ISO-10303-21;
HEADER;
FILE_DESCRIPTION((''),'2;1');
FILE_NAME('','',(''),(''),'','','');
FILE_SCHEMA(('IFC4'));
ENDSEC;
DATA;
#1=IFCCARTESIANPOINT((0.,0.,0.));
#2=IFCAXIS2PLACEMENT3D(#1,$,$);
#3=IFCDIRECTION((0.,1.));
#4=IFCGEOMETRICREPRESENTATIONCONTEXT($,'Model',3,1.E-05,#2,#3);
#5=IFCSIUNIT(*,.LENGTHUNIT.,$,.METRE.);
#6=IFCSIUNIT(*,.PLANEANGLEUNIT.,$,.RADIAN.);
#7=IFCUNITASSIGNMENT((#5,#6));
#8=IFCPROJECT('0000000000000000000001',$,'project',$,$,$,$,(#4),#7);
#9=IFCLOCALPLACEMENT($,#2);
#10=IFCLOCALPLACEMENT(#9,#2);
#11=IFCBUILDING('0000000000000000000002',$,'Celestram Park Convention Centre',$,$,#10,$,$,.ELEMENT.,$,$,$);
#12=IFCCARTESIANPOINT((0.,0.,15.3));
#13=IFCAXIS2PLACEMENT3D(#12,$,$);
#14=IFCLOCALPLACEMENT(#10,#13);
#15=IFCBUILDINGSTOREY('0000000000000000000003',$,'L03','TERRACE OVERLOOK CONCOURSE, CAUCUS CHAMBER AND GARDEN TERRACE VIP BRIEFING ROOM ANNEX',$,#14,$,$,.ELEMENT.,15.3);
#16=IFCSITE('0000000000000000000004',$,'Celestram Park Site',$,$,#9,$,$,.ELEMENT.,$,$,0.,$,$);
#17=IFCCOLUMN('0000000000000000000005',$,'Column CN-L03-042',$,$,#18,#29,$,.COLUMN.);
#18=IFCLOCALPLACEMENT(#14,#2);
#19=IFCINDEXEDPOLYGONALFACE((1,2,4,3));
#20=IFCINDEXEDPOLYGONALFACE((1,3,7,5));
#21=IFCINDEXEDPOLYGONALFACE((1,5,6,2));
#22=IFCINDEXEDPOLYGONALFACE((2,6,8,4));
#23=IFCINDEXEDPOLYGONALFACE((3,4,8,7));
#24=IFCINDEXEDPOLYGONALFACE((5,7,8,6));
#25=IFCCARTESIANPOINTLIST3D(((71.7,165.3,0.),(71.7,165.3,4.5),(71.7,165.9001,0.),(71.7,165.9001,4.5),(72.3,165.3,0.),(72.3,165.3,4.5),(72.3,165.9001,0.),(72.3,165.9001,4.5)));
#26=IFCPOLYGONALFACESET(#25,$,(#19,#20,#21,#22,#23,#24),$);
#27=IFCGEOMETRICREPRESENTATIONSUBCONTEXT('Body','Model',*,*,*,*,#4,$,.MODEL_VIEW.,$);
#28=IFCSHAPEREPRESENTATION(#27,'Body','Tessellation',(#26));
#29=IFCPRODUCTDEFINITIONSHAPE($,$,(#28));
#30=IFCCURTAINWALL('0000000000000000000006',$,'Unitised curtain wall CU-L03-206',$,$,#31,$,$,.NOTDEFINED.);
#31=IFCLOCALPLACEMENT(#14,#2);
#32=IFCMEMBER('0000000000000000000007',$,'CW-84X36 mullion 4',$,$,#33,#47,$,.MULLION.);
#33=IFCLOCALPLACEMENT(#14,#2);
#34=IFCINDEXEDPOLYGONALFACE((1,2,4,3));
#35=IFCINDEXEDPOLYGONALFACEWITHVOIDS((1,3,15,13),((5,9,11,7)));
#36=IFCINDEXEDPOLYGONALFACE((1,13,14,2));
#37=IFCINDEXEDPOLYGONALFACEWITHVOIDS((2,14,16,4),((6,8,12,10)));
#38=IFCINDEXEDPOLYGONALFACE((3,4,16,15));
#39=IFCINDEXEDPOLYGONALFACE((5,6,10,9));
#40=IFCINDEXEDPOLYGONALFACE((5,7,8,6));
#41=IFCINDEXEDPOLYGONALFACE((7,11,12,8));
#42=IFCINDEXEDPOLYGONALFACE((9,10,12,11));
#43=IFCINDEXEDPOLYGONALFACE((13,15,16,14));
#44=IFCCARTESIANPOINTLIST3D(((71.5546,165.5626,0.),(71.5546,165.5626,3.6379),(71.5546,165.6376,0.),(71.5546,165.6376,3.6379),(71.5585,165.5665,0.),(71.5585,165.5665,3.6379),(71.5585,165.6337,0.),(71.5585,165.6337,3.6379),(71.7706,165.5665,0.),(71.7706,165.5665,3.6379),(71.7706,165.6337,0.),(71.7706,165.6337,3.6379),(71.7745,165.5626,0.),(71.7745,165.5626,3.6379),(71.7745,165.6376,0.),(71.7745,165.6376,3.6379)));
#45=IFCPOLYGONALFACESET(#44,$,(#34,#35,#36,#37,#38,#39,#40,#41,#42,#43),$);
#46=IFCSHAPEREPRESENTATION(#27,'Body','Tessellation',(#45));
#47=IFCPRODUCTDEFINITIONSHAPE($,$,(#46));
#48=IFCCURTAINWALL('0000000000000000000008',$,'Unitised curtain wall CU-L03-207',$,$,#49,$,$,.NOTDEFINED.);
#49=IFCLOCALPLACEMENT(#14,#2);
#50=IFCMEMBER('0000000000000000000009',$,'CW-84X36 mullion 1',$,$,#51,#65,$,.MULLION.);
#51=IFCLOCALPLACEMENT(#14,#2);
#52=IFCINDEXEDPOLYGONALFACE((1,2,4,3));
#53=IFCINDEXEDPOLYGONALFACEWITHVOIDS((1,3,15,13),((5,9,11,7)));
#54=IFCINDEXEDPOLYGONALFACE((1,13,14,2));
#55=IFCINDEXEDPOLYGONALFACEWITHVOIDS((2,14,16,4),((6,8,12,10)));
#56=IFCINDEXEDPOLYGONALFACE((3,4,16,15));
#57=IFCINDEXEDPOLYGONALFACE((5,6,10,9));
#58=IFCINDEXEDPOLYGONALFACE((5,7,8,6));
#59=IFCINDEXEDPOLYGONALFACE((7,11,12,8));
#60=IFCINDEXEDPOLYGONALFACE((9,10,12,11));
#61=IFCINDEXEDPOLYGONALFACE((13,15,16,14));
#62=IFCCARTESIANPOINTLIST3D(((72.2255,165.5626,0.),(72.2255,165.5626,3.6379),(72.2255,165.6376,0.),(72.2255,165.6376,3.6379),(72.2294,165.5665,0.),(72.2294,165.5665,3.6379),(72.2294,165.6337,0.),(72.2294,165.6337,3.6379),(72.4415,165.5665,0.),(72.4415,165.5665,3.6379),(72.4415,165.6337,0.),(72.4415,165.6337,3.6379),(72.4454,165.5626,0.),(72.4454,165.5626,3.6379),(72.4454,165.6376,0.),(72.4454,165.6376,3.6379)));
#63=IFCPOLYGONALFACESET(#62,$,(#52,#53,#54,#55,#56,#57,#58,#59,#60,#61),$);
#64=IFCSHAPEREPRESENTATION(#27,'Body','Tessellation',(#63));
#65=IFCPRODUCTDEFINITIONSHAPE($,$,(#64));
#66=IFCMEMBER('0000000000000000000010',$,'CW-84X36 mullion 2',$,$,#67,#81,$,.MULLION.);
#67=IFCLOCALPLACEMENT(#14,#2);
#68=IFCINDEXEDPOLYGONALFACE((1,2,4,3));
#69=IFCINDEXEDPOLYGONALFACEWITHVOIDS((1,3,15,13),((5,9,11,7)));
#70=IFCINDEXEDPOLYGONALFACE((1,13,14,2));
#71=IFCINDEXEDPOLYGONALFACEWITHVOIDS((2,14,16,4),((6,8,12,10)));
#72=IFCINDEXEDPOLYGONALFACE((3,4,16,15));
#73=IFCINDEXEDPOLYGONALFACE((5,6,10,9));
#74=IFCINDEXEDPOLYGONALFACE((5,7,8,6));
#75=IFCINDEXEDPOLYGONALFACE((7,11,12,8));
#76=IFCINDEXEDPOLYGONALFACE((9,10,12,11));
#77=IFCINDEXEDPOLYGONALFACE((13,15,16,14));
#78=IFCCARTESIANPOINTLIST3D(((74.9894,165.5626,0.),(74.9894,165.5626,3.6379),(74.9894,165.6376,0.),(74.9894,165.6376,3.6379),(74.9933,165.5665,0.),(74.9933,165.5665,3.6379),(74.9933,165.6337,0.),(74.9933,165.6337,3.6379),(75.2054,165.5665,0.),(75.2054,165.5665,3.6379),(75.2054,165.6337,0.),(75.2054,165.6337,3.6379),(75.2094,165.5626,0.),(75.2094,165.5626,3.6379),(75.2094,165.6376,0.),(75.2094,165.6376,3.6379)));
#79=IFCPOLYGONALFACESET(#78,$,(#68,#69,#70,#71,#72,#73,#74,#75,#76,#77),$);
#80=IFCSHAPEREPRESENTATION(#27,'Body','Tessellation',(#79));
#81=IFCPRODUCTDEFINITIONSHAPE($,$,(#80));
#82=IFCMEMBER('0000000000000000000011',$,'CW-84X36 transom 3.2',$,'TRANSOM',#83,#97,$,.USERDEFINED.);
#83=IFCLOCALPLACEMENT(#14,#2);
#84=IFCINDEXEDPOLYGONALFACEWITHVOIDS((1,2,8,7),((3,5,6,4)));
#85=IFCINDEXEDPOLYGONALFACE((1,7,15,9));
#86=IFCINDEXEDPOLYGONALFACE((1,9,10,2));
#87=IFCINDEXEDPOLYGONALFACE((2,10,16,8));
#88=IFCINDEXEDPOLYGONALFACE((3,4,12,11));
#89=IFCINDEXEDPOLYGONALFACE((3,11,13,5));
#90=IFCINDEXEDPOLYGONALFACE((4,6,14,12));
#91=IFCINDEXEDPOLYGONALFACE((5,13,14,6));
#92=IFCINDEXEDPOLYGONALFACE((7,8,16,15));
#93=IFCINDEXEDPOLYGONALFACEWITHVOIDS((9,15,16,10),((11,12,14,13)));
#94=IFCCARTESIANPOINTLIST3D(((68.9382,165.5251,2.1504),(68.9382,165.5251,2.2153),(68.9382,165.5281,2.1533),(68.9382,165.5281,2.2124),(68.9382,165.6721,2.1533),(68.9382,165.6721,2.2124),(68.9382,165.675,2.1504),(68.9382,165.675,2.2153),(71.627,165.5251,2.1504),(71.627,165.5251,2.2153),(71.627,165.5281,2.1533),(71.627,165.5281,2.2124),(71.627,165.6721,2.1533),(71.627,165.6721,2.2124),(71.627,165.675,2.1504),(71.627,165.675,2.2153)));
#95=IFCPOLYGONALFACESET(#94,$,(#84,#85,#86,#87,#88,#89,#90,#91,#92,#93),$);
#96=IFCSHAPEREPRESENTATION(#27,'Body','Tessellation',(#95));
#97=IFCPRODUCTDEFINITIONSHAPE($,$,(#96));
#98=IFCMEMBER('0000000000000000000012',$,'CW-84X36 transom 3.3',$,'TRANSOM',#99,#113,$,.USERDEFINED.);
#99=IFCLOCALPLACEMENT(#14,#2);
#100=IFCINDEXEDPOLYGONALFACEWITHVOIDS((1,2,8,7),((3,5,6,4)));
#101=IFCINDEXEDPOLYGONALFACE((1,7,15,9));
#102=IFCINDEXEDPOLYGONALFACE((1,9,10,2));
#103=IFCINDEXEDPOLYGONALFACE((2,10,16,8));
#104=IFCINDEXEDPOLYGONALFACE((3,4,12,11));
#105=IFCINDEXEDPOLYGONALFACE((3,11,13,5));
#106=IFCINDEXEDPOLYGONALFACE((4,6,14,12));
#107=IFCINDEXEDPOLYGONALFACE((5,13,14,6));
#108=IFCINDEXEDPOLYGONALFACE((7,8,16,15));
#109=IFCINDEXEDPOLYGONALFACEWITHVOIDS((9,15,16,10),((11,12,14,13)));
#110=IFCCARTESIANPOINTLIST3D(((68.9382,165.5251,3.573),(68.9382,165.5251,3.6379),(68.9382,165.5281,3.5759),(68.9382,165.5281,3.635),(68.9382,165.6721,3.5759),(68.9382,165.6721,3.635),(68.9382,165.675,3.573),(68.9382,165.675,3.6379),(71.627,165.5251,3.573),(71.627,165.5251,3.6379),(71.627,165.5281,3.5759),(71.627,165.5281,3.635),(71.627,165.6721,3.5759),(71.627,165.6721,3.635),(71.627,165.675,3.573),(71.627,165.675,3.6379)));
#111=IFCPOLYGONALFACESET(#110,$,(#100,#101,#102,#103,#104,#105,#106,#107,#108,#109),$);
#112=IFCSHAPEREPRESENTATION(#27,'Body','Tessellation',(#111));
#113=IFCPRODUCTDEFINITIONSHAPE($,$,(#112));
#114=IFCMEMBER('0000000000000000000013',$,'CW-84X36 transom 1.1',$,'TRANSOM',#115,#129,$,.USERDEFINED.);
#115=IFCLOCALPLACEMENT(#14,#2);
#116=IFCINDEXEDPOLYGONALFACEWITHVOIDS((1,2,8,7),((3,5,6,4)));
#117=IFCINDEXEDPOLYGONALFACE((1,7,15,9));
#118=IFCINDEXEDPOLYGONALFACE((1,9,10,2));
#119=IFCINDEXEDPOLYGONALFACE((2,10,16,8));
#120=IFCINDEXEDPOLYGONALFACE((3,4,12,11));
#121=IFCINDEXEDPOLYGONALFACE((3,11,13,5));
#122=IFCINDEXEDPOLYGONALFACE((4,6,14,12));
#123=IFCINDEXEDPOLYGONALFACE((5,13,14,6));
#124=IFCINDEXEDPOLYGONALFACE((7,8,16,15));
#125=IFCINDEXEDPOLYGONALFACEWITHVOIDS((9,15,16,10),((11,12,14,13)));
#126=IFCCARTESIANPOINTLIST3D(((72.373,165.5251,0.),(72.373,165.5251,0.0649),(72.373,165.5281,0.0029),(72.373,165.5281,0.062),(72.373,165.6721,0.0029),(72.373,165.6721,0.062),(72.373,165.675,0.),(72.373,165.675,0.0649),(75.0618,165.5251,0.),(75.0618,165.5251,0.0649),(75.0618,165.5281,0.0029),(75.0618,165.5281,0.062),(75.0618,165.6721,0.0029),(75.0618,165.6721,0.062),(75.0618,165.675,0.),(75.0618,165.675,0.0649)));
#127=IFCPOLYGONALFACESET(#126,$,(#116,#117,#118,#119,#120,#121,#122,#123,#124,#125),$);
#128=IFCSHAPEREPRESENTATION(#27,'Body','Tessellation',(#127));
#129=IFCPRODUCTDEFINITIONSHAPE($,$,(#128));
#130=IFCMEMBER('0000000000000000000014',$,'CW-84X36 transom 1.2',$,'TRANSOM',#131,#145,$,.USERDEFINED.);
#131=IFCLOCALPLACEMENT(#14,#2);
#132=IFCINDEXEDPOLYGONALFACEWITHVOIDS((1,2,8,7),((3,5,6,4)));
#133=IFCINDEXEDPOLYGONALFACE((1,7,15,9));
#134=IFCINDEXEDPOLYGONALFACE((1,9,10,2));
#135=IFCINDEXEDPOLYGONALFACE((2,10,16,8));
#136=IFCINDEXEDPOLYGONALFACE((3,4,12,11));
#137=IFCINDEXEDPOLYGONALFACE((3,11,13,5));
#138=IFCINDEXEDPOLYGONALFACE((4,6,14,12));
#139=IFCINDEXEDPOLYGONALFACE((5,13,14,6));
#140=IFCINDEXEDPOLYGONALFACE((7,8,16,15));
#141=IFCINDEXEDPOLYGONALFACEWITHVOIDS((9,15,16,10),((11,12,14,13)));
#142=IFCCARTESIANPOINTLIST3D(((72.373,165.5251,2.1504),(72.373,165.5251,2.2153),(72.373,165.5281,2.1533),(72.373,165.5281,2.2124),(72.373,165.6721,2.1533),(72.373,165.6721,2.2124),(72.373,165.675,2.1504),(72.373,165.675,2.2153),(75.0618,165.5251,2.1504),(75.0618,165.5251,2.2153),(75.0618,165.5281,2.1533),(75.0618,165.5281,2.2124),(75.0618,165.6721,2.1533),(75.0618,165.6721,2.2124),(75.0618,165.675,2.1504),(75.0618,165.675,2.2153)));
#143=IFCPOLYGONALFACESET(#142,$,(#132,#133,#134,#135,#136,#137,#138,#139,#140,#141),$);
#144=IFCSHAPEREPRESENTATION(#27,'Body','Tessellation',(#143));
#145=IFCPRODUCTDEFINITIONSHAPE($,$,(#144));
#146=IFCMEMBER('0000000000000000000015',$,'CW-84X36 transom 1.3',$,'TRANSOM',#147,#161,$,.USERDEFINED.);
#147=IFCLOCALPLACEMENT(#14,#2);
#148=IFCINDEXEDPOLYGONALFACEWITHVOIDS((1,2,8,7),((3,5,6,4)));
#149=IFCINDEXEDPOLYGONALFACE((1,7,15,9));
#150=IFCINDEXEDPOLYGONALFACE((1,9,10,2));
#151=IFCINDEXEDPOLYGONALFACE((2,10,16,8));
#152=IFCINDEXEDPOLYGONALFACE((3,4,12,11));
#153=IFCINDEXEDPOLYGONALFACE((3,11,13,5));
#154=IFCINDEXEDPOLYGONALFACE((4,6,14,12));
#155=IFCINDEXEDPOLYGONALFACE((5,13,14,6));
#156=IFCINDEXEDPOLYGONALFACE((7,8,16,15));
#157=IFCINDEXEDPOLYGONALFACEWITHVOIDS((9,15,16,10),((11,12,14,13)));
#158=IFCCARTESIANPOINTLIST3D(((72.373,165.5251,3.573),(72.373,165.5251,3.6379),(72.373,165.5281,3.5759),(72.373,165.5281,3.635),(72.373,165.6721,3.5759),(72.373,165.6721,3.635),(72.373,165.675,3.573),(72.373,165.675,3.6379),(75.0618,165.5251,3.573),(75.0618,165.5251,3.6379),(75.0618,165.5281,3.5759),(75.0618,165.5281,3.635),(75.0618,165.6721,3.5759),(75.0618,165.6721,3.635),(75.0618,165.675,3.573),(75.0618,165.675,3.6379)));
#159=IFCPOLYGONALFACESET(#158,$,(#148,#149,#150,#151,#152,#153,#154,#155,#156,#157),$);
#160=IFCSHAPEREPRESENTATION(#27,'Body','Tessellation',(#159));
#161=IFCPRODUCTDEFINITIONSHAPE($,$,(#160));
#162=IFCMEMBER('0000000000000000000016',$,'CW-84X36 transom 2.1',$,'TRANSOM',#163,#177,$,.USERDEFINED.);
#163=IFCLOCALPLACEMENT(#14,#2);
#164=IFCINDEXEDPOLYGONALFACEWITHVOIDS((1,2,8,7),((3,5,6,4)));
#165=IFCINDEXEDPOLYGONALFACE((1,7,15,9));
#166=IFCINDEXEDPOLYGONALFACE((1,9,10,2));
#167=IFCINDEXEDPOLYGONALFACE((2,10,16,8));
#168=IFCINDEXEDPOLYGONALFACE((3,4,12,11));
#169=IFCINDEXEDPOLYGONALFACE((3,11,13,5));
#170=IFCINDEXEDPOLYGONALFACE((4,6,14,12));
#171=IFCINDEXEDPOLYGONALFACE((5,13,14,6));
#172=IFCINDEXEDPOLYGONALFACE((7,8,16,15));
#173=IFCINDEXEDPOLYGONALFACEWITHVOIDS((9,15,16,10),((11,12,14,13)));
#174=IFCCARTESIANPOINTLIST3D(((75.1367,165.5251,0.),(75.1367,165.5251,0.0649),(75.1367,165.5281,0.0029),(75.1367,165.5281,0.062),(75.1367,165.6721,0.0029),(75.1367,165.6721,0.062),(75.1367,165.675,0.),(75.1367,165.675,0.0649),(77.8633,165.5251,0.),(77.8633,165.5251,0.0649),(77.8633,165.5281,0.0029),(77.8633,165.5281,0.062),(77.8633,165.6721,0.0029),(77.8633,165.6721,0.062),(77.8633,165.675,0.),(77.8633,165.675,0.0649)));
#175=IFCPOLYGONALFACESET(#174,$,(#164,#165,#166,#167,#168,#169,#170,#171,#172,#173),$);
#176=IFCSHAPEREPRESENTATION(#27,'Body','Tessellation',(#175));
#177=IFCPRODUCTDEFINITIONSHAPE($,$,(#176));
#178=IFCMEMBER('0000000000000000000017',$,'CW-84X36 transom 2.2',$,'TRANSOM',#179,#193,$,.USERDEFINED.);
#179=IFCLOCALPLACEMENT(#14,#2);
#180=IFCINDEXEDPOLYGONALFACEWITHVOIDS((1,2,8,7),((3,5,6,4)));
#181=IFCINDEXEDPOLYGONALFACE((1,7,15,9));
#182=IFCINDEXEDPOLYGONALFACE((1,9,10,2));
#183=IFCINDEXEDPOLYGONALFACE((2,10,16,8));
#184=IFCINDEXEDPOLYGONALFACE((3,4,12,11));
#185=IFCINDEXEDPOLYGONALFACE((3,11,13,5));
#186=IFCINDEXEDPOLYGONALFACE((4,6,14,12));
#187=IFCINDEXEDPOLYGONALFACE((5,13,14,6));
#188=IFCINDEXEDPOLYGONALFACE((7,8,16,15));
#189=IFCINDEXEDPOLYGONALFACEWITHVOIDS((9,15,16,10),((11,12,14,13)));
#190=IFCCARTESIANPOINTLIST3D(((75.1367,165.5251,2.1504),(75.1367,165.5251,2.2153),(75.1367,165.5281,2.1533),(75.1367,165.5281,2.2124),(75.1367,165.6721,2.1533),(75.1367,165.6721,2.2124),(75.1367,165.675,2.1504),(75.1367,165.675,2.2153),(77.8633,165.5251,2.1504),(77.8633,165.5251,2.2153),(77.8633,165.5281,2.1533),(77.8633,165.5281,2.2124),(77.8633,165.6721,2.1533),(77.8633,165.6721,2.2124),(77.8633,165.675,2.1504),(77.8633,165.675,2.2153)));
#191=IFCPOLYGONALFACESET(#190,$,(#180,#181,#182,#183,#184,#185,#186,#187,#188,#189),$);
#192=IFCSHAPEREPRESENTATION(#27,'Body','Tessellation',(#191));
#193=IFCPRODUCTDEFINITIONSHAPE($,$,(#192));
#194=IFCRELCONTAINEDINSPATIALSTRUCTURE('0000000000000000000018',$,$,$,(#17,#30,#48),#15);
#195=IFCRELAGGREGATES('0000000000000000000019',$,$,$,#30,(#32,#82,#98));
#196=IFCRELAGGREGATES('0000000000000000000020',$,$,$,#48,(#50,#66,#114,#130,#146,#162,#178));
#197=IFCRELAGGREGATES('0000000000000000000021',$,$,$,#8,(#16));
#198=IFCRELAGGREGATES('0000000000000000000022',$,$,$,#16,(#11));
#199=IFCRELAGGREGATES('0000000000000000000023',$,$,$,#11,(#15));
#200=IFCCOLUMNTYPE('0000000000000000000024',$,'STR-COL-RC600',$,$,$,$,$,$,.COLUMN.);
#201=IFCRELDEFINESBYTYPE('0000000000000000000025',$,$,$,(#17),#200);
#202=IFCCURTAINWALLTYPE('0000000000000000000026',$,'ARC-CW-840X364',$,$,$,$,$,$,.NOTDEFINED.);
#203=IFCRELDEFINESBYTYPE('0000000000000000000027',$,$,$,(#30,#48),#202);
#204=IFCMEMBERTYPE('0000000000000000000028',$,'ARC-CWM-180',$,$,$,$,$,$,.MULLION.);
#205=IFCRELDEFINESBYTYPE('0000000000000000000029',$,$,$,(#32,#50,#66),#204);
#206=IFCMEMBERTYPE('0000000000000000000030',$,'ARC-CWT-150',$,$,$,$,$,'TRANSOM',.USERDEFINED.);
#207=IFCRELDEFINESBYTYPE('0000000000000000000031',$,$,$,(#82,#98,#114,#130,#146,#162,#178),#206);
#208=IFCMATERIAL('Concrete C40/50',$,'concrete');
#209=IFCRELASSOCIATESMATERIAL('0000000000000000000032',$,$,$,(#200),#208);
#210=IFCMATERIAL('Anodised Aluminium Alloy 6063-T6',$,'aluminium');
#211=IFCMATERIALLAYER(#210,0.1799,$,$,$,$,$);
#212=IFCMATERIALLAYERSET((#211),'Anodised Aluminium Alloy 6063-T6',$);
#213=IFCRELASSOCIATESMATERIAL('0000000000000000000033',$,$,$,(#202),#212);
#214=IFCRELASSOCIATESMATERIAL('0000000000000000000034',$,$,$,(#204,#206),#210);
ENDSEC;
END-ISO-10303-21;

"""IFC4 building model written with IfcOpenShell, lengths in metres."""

from ifc_helpers import new_model, si_unit, direction, frame, origin, origin_2d, place, context, subcontext, project, spatial, rectangle, hollow_rectangle, extrude, material, layer, layer_set, material_profile, profile_set, type_object, element, aggregate, save


model = new_model("IFC4")

# Units and contexts
model_context = context("Model", 3, precision=1e-05, world=origin(), true_north=direction((0.0, 1.0)))
body_context = subcontext(model_context, "Body", "Model", "MODEL_VIEW")
ifc_project = project(units=[si_unit("LENGTHUNIT", "METRE"), si_unit("PLANEANGLEUNIT", "RADIAN")], contexts=[model_context])

# Site, building, storey
site_placement = place(None, origin())
site = spatial("IfcSite", under=ifc_project, at=site_placement, Name="Celestram Park Site", CompositionType="ELEMENT", RefElevation=0.0)
building_placement = place(site_placement, origin())
building = spatial("IfcBuilding", under=site, at=building_placement, Name="Celestram Park Convention Centre", CompositionType="ELEMENT")
storey_placement = place(building_placement, frame((0.0, 0.0, 15.3)))
storey = spatial("IfcBuildingStorey", under=building, at=storey_placement, Name="L03", Description="TERRACE OVERLOOK CONCOURSE, CAUCUS CHAMBER AND GARDEN TERRACE VIP BRIEFING ROOM ANNEX", CompositionType="ELEMENT", Elevation=15.3)

# Column
ifc_material_1 = material(Name="Concrete C40/50", Category="concrete")
ifc_material_profile_1 = material_profile(ifc_material_1, rectangle(XDim=0.6001, YDim=0.6001, at=origin_2d()), Name="RC600X600")
ifc_profile_set_1 = profile_set([ifc_material_profile_1], Name="Concrete C40/50")
column_type = type_object("IfcColumnType", Name="STR-COL-RC600", PredefinedType="COLUMN", material=ifc_profile_set_1)
column_placement = place(storey_placement, frame((72.0, 165.6001, 0.0), z_axis=(0.0, 0.0, 1.0), x_axis=(1.0, 0.0, 0.0)))
element("IfcColumn", 1, at=column_placement, inside=storey, type_object=column_type, Name="Column CN-L03-042", PredefinedType="COLUMN", context=body_context, shape_type="SweptSolid", body=[
    extrude(rectangle(XDim=0.6001, YDim=0.6001, at=origin_2d()), origin(), (0.0, 0.0, 1.0), 4.5),
])

# Curtain wall, member
ifc_material_2 = material(Name="Anodised Aluminium Alloy 6063-T6", Category="aluminium")
ifc_layer_1 = layer(ifc_material_2, 0.1799)
ifc_layer_set_1 = layer_set([ifc_layer_1], Name="Anodised Aluminium Alloy 6063-T6")
curtain_wall_type = type_object("IfcCurtainWallType", Name="ARC-CW-840X364", PredefinedType="NOTDEFINED", material=ifc_layer_set_1)
curtain_wall_1_placement = place(storey_placement, origin())
curtain_wall_1 = element("IfcCurtainWall", 2, at=curtain_wall_1_placement, inside=storey, type_object=curtain_wall_type, Name="Unitised curtain wall CU-L03-206", PredefinedType="NOTDEFINED")
ifc_material_profile_2 = material_profile(ifc_material_2, hollow_rectangle(XDim=0.075, YDim=0.22, WallThickness=0.0039, at=origin_2d()), Name="ALU75X220X4")
ifc_profile_set_2 = profile_set([ifc_material_profile_2], Name="Anodised Aluminium Alloy 6063-T6")
member_type_1 = type_object("IfcMemberType", Name="ARC-CWM-180", PredefinedType="MULLION", material=ifc_profile_set_2)
member_1_placement = place(storey_placement, frame((71.6646, 165.6001, 0.0), z_axis=(0.0, 0.0, 1.0), x_axis=(0.0, 1.0, 0.0)))
member_1 = element("IfcMember", 3, at=member_1_placement, type_object=member_type_1, Name="CW-84X36 mullion 4", PredefinedType="MULLION", context=body_context, shape_type="SweptSolid", body=[
    extrude(hollow_rectangle(XDim=0.075, YDim=0.22, WallThickness=0.0039, at=origin_2d()), origin(), (0.0, 0.0, 1.0), 3.6379),
])

# Curtain wall, members
curtain_wall_2_placement = place(storey_placement, origin())
curtain_wall_2 = element("IfcCurtainWall", 4, at=curtain_wall_2_placement, inside=storey, type_object=curtain_wall_type, Name="Unitised curtain wall CU-L03-207", PredefinedType="NOTDEFINED")
member_2_placement = place(storey_placement, frame((72.3354, 165.6001, 0.0), z_axis=(0.0, 0.0, 1.0), x_axis=(0.0, 1.0, 0.0)))
member_2 = element("IfcMember", 5, at=member_2_placement, type_object=member_type_1, Name="CW-84X36 mullion 1", PredefinedType="MULLION", context=body_context, shape_type="SweptSolid", body=[
    extrude(hollow_rectangle(XDim=0.075, YDim=0.22, WallThickness=0.0039, at=origin_2d()), origin(), (0.0, 0.0, 1.0), 3.6379),
])
member_3_placement = place(storey_placement, frame((75.0994, 165.6001, 0.0), z_axis=(0.0, 0.0, 1.0), x_axis=(0.0, 1.0, 0.0)))
member_3 = element("IfcMember", 6, at=member_3_placement, type_object=member_type_1, Name="CW-84X36 mullion 2", PredefinedType="MULLION", context=body_context, shape_type="SweptSolid", body=[
    extrude(hollow_rectangle(XDim=0.075, YDim=0.22, WallThickness=0.0039, at=origin_2d()), origin(), (0.0, 0.0, 1.0), 3.6379),
])

# Members
ifc_material_profile_3 = material_profile(ifc_material_2, hollow_rectangle(XDim=0.1499, YDim=0.0649, WallThickness=0.0029, at=origin_2d()), Name="ALU150X65X3")
ifc_profile_set_3 = profile_set([ifc_material_profile_3], Name="Anodised Aluminium Alloy 6063-T6")
member_type_2 = type_object("IfcMemberType", Name="ARC-CWT-150", ElementType="TRANSOM", PredefinedType="USERDEFINED", material=ifc_profile_set_3)
member_4_placement = place(storey_placement, frame((68.9382, 165.6001, 2.1829), z_axis=(1.0, 0.0, 0.0), x_axis=(0.0, 1.0, 0.0)))
member_4 = element("IfcMember", 7, at=member_4_placement, type_object=member_type_2, Name="CW-84X36 transom 3.2", ObjectType="TRANSOM", PredefinedType="USERDEFINED", context=body_context, shape_type="SweptSolid", body=[
    extrude(hollow_rectangle(XDim=0.1499, YDim=0.0649, WallThickness=0.0029, at=origin_2d()), origin(), (0.0, 0.0, 1.0), 2.6887),
])
member_5_placement = place(storey_placement, frame((68.9382, 165.6001, 3.6055), z_axis=(1.0, 0.0, 0.0), x_axis=(0.0, 1.0, 0.0)))
member_5 = element("IfcMember", 8, at=member_5_placement, type_object=member_type_2, Name="CW-84X36 transom 3.3", ObjectType="TRANSOM", PredefinedType="USERDEFINED", context=body_context, shape_type="SweptSolid", body=[
    extrude(hollow_rectangle(XDim=0.1499, YDim=0.0649, WallThickness=0.0029, at=origin_2d()), origin(), (0.0, 0.0, 1.0), 2.6887),
])
member_6_placement = place(storey_placement, frame((72.373, 165.6001, 0.0325), z_axis=(1.0, 0.0, 0.0), x_axis=(0.0, 1.0, 0.0)))
member_6 = element("IfcMember", 9, at=member_6_placement, type_object=member_type_2, Name="CW-84X36 transom 1.1", ObjectType="TRANSOM", PredefinedType="USERDEFINED", context=body_context, shape_type="SweptSolid", body=[
    extrude(hollow_rectangle(XDim=0.1499, YDim=0.0649, WallThickness=0.0029, at=origin_2d()), origin(), (0.0, 0.0, 1.0), 2.6887),
])
member_7_placement = place(storey_placement, frame((72.373, 165.6001, 2.1829), z_axis=(1.0, 0.0, 0.0), x_axis=(0.0, 1.0, 0.0)))
member_7 = element("IfcMember", 10, at=member_7_placement, type_object=member_type_2, Name="CW-84X36 transom 1.2", ObjectType="TRANSOM", PredefinedType="USERDEFINED", context=body_context, shape_type="SweptSolid", body=[
    extrude(hollow_rectangle(XDim=0.1499, YDim=0.0649, WallThickness=0.0029, at=origin_2d()), origin(), (0.0, 0.0, 1.0), 2.6887),
])
member_8_placement = place(storey_placement, frame((72.373, 165.6001, 3.6055), z_axis=(1.0, 0.0, 0.0), x_axis=(0.0, 1.0, 0.0)))
member_8 = element("IfcMember", 11, at=member_8_placement, type_object=member_type_2, Name="CW-84X36 transom 1.3", ObjectType="TRANSOM", PredefinedType="USERDEFINED", context=body_context, shape_type="SweptSolid", body=[
    extrude(hollow_rectangle(XDim=0.1499, YDim=0.0649, WallThickness=0.0029, at=origin_2d()), origin(), (0.0, 0.0, 1.0), 2.6887),
])
member_9_placement = place(storey_placement, frame((75.1367, 165.6001, 0.0325), z_axis=(1.0, 0.0, 0.0), x_axis=(0.0, 1.0, 0.0)))
member_9 = element("IfcMember", 12, at=member_9_placement, type_object=member_type_2, Name="CW-84X36 transom 2.1", ObjectType="TRANSOM", PredefinedType="USERDEFINED", context=body_context, shape_type="SweptSolid", body=[
    extrude(hollow_rectangle(XDim=0.1499, YDim=0.0649, WallThickness=0.0029, at=origin_2d()), origin(), (0.0, 0.0, 1.0), 2.7266),
])
member_10_placement = place(storey_placement, frame((75.1367, 165.6001, 2.1829), z_axis=(1.0, 0.0, 0.0), x_axis=(0.0, 1.0, 0.0)))
member_10 = element("IfcMember", 13, at=member_10_placement, type_object=member_type_2, Name="CW-84X36 transom 2.2", ObjectType="TRANSOM", PredefinedType="USERDEFINED", context=body_context, shape_type="SweptSolid", body=[
    extrude(hollow_rectangle(XDim=0.1499, YDim=0.0649, WallThickness=0.0029, at=origin_2d()), origin(), (0.0, 0.0, 1.0), 2.7266),
])

aggregate(curtain_wall_1, [member_1, member_4, member_5])
aggregate(curtain_wall_2, [member_2, member_3, member_6, member_7, member_8, member_9, member_10])

save(model, "model.ifc")
